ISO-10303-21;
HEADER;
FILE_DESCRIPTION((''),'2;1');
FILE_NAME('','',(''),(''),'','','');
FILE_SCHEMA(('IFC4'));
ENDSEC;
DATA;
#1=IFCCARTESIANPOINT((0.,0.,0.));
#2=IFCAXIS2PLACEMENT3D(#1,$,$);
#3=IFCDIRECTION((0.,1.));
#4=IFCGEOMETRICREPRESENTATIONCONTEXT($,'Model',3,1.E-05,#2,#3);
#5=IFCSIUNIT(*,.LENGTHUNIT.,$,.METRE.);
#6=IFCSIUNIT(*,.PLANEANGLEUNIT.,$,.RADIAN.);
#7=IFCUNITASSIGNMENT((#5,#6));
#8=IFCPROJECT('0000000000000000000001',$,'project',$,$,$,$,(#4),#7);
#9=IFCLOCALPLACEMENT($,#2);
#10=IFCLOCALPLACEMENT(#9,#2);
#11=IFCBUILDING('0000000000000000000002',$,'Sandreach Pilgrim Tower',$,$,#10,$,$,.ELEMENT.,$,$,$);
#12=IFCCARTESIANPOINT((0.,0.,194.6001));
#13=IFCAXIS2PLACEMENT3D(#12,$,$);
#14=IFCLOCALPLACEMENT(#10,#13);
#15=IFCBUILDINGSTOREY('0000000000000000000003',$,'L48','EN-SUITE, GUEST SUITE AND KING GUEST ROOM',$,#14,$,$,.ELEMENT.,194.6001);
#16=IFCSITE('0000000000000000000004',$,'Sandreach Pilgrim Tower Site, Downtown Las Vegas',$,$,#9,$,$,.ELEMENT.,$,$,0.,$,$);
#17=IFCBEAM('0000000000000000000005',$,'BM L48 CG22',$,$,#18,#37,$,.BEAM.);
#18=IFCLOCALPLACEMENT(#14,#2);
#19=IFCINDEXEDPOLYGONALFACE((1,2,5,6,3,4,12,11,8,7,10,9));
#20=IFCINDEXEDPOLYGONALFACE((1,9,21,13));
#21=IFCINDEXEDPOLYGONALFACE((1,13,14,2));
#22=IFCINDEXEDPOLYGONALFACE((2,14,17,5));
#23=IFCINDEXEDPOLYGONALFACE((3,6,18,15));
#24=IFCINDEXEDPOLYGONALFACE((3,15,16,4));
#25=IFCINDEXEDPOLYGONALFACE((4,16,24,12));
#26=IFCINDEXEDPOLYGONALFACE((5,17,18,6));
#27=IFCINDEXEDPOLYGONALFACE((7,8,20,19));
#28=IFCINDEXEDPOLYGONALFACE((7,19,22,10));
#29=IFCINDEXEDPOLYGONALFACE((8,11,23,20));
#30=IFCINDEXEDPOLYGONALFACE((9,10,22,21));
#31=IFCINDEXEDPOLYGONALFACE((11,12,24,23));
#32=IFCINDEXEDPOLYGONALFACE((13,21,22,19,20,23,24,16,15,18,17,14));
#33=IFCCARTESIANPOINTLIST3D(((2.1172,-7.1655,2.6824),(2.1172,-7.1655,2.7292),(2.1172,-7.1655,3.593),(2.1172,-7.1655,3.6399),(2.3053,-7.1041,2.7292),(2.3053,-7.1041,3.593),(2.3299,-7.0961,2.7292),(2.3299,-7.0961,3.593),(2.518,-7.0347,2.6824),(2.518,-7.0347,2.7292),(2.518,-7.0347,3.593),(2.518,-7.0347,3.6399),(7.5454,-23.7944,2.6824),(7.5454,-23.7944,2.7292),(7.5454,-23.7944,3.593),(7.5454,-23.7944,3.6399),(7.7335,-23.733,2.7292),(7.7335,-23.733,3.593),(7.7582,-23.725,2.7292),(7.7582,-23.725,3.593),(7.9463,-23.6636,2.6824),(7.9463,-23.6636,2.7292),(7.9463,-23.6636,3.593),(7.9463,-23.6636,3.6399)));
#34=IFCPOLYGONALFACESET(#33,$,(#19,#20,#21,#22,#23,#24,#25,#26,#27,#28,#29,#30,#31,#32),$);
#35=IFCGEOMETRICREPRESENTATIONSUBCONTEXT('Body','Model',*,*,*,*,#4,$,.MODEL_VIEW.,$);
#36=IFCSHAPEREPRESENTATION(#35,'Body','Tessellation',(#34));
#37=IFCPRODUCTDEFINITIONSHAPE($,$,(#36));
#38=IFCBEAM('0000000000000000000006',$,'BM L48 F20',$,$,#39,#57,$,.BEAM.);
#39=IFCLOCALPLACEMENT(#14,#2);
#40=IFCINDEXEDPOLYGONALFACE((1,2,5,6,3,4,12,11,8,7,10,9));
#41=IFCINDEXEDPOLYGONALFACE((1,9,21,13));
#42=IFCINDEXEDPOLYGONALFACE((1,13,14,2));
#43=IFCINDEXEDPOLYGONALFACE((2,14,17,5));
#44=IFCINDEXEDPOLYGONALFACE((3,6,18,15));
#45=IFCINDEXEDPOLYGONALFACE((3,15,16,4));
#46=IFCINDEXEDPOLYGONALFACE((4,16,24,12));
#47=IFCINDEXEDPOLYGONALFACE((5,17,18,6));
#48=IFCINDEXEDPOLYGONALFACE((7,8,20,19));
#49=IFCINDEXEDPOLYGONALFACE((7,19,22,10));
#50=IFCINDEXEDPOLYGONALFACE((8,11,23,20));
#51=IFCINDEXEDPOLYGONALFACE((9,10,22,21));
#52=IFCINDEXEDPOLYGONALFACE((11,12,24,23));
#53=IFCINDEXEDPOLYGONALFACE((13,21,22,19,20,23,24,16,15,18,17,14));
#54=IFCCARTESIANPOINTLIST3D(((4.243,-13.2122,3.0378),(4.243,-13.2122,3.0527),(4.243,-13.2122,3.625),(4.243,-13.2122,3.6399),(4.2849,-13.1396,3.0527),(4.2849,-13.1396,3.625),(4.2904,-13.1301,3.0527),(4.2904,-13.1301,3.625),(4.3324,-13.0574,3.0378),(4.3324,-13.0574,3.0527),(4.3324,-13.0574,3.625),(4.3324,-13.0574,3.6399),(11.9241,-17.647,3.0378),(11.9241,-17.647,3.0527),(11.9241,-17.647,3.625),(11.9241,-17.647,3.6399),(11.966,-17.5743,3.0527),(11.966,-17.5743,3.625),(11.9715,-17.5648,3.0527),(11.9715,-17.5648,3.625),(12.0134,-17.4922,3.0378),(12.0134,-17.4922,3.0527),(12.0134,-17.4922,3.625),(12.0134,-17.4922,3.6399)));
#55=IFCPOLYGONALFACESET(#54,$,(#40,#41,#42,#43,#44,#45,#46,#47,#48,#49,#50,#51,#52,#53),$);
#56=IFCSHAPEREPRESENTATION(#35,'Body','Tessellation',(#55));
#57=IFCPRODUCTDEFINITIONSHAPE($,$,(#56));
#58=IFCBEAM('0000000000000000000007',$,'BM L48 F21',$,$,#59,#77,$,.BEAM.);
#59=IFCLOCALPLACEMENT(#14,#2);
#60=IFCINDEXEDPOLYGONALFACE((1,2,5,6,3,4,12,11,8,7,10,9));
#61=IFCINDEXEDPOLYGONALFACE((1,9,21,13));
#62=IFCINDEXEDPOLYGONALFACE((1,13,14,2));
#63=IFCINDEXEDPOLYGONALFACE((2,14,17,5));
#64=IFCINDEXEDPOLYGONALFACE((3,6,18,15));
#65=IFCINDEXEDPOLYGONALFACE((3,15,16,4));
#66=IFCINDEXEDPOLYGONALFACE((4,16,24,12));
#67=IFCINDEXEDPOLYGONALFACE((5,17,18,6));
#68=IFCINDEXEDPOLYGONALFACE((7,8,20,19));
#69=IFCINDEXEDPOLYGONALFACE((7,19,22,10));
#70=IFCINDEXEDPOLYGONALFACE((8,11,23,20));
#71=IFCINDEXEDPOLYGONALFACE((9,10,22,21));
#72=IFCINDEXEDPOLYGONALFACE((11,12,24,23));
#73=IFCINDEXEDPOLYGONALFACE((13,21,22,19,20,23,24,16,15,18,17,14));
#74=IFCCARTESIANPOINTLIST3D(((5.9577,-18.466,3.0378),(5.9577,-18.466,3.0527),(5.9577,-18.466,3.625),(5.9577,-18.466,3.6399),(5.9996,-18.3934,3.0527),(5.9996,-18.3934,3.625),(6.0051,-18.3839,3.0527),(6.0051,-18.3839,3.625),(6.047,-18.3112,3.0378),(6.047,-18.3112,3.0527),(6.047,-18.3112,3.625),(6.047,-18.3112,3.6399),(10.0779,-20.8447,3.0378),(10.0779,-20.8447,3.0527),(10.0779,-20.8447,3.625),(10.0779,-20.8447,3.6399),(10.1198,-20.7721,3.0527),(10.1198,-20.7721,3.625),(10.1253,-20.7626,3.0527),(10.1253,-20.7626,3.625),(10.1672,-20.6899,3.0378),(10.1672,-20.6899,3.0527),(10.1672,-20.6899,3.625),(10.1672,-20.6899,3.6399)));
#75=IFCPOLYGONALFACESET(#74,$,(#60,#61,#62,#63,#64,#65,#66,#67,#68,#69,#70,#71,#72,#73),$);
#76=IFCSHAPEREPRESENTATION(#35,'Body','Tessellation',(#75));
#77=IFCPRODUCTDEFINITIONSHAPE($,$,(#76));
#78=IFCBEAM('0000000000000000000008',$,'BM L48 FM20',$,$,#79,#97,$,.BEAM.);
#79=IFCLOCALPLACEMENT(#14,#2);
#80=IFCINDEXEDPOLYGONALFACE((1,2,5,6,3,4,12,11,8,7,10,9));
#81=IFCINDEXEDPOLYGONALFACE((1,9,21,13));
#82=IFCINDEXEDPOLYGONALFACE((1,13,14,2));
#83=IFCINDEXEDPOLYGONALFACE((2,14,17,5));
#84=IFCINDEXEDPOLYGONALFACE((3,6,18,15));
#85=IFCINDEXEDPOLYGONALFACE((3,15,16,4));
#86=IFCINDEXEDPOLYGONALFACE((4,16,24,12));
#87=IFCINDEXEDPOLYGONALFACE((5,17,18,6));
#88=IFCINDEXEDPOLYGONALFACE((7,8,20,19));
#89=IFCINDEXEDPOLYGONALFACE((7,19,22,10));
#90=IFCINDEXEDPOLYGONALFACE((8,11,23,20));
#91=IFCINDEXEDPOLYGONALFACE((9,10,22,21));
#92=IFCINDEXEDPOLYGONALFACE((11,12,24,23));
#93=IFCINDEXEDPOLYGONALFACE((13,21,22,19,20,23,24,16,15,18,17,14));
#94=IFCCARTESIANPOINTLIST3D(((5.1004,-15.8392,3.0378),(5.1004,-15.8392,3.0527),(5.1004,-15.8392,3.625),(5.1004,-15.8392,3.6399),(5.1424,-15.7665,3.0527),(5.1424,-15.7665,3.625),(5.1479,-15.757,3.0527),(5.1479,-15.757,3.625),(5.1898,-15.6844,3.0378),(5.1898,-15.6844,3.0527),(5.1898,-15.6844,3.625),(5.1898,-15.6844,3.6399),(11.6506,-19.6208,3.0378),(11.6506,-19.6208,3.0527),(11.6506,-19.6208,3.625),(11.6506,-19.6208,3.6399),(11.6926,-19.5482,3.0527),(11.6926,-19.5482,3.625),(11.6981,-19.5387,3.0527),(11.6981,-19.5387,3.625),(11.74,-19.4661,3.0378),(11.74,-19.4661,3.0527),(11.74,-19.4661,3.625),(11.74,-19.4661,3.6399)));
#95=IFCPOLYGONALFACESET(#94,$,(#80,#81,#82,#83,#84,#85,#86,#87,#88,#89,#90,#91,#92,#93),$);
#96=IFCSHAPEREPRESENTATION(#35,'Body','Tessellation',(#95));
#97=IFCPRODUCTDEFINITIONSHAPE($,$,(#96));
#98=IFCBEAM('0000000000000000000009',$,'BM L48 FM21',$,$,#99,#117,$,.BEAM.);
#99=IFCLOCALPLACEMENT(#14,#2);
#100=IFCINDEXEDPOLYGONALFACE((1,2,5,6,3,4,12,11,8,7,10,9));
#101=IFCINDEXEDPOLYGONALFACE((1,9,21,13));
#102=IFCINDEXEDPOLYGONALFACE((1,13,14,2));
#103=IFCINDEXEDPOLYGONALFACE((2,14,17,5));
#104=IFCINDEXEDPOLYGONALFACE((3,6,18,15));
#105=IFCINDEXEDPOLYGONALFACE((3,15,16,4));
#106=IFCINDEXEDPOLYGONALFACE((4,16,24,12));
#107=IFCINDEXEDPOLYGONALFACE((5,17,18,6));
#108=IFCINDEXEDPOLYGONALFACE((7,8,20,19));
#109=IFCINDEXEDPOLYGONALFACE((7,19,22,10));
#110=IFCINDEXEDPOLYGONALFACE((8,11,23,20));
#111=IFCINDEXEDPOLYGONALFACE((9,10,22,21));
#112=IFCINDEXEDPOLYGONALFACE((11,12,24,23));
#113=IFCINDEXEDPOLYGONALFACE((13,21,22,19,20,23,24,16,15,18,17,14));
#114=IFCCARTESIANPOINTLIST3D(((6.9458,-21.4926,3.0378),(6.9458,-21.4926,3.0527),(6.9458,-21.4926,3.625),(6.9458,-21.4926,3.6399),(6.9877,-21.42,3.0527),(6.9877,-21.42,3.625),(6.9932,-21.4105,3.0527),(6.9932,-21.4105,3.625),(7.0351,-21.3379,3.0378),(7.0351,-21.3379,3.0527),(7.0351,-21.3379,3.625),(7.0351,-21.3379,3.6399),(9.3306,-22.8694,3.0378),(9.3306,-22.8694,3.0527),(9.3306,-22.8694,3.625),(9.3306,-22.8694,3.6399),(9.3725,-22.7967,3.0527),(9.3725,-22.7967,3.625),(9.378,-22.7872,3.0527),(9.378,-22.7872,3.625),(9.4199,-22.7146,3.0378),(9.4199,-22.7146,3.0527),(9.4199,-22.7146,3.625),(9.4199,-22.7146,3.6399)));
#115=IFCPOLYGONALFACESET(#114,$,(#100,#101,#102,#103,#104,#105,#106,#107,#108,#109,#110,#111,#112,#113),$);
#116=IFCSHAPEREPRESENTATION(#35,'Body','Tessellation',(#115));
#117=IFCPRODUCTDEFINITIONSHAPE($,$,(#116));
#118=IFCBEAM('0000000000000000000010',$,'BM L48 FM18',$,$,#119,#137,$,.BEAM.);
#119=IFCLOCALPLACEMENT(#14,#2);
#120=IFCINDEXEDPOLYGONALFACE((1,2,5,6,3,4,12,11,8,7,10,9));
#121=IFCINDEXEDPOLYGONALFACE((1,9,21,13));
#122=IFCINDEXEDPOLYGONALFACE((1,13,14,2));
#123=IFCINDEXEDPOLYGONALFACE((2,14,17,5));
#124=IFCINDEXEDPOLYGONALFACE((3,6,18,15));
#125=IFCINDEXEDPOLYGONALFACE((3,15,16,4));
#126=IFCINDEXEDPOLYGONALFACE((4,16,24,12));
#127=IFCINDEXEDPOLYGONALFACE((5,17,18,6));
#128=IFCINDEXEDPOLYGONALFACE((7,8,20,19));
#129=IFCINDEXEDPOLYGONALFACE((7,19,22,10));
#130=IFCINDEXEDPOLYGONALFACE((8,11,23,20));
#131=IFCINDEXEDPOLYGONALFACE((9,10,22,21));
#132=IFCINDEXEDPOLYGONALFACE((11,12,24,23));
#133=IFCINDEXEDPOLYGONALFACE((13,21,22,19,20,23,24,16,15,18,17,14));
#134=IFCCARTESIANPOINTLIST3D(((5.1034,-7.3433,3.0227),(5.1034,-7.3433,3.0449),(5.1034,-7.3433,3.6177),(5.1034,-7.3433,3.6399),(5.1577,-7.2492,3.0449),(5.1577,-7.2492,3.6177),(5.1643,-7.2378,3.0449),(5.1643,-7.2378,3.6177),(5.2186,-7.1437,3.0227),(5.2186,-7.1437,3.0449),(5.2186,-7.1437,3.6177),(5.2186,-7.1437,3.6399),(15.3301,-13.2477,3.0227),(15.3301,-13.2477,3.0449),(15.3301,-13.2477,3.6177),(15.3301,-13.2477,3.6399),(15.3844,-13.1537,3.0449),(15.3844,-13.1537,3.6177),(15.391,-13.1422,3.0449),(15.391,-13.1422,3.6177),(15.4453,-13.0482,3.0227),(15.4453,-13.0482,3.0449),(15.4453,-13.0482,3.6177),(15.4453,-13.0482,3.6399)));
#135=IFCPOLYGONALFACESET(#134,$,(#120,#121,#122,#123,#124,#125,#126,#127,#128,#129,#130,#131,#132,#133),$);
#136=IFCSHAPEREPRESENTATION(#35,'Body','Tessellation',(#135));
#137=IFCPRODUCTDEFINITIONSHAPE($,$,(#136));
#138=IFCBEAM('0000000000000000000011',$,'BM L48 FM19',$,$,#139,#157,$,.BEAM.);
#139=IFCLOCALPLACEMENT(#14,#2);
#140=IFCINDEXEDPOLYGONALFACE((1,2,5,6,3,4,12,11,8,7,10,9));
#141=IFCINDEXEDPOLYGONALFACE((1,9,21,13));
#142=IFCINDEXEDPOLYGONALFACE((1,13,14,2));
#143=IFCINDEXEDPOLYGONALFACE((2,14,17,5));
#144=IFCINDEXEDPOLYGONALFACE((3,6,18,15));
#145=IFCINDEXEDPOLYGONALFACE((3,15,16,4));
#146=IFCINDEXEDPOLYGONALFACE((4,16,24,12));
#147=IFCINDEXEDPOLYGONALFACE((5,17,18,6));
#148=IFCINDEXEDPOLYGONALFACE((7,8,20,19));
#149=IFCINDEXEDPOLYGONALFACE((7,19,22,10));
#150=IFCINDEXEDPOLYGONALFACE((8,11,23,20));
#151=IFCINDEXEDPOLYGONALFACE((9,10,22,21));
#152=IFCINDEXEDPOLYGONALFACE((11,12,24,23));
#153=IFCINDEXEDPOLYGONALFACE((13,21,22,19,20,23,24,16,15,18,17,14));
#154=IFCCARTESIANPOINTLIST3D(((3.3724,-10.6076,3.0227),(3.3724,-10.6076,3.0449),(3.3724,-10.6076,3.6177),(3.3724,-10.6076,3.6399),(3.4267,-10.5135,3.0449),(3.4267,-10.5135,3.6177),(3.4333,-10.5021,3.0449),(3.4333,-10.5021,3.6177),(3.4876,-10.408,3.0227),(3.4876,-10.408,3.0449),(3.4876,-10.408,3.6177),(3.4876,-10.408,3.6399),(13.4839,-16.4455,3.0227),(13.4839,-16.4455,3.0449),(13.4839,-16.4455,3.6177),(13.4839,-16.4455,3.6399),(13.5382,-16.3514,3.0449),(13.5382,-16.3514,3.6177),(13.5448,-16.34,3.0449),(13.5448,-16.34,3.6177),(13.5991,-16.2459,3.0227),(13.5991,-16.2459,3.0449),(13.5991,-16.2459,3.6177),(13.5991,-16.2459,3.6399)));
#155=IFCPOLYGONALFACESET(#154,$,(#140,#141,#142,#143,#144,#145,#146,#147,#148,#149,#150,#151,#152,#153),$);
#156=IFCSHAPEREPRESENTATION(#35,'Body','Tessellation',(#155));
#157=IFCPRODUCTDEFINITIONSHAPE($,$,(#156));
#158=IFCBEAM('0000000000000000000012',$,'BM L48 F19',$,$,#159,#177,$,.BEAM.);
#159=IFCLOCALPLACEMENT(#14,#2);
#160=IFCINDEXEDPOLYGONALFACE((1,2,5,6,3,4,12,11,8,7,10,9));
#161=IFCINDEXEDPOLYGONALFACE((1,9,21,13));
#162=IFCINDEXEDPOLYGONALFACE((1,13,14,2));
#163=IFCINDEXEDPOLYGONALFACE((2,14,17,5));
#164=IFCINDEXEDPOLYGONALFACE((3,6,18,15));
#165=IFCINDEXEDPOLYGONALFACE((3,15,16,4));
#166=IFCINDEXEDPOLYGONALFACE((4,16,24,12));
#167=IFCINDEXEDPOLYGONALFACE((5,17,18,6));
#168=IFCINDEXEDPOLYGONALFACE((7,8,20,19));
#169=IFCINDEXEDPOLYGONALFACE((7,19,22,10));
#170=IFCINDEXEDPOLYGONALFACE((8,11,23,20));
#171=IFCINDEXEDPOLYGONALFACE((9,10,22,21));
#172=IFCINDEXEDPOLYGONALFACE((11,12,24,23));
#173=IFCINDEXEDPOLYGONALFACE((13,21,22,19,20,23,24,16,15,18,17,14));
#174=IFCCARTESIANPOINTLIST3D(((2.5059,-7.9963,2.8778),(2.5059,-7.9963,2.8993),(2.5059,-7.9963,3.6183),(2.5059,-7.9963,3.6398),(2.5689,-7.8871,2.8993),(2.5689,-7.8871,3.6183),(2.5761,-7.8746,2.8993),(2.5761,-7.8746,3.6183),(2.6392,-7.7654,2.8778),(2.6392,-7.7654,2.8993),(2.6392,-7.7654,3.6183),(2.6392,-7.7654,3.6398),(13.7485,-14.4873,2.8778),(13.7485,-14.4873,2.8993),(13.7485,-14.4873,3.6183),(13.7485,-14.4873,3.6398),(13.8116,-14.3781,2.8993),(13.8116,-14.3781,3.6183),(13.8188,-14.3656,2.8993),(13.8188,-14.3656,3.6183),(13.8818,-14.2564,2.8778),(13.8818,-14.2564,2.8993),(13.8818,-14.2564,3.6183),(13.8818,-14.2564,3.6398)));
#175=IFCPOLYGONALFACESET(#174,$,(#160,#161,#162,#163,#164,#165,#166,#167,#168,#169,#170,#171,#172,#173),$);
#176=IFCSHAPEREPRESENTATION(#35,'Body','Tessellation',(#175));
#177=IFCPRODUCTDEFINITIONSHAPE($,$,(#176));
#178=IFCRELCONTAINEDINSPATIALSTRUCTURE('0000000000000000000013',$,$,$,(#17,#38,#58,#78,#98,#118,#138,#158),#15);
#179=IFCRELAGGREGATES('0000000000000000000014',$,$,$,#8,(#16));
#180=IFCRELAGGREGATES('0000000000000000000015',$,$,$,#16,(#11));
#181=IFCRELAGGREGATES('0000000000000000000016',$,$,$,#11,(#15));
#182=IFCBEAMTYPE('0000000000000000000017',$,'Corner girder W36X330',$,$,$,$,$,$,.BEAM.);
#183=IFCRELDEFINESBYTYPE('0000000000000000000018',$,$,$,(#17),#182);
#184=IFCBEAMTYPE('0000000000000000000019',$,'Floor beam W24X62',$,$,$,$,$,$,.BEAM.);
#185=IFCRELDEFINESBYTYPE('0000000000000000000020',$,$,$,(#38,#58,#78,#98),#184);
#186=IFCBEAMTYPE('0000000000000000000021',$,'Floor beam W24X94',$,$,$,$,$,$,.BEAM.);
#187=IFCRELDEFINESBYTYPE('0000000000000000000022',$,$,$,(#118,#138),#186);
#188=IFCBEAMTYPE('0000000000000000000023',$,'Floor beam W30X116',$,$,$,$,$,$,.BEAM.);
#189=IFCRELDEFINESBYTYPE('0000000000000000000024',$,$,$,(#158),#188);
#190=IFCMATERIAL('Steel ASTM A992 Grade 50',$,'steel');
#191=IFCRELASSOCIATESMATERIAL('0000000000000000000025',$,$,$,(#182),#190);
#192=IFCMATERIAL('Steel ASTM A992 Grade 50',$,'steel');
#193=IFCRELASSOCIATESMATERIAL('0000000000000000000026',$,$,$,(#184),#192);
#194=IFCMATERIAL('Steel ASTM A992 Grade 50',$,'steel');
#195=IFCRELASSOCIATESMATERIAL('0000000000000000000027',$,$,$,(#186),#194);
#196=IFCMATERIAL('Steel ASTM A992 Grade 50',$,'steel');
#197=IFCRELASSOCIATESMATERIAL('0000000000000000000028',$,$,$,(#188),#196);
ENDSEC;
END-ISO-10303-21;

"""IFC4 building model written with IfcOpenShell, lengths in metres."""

from ifc_helpers import new_model, si_unit, direction, frame, origin, origin_2d, place, context, subcontext, project, spatial, i_section, extrude, material, material_profile, profile_set, type_object, element, save


model = new_model("IFC4")

# Units and contexts
model_context = context("Model", 3, precision=1e-05, world=origin(), true_north=direction((0.0, 1.0)))
body_context = subcontext(model_context, "Body", "Model", "MODEL_VIEW")
ifc_project = project(units=[si_unit("LENGTHUNIT", "METRE"), si_unit("PLANEANGLEUNIT", "RADIAN")], contexts=[model_context])

# Site, building, storey
site_placement = place(None, origin())
site = spatial("IfcSite", under=ifc_project, at=site_placement, Name="Sandreach Pilgrim Tower Site, Downtown Las Vegas", CompositionType="ELEMENT", RefElevation=0.0)
building_placement = place(site_placement, origin())
building = spatial("IfcBuilding", under=site, at=building_placement, Name="Sandreach Pilgrim Tower", CompositionType="ELEMENT")
storey_placement = place(building_placement, frame((0.0, 0.0, 194.6001)))
storey = spatial("IfcBuildingStorey", under=building, at=storey_placement, Name="L48", Description="EN-SUITE, GUEST SUITE AND KING GUEST ROOM", CompositionType="ELEMENT", Elevation=194.6001)

# Beams
ifc_material_1 = material(Name="Steel ASTM A992 Grade 50", Category="steel")
ifc_material_profile_1 = material_profile(ifc_material_1, i_section(OverallWidth=0.4216, OverallDepth=0.9575, WebThickness=0.0259, FlangeThickness=0.0469, at=origin_2d()), Name="W36X330")
ifc_profile_set_1 = profile_set([ifc_material_profile_1], Name="Steel ASTM A992 Grade 50")
beam_type_1 = type_object("IfcBeamType", Name="Corner girder W36X330", PredefinedType="BEAM", material=ifc_profile_set_1)
beam_1_placement = place(storey_placement, frame((7.7458, -23.729, 3.1611), z_axis=(-0.310318, 0.950633, 0.0), x_axis=(-0.950633, -0.310318, 0.0)))
element("IfcBeam", 1, at=beam_1_placement, inside=storey, type_object=beam_type_1, Name="BM L48 CG22", PredefinedType="BEAM", context=body_context, shape_type="SweptSolid", body=[
    extrude(i_section(OverallWidth=0.4216, OverallDepth=0.9575, WebThickness=0.0259, FlangeThickness=0.0469, at=origin_2d()), origin(), (0.0, 0.0, 1.0), 17.4924),
])
ifc_material_2 = material(Name="Steel ASTM A992 Grade 50", Category="steel")
ifc_material_profile_2 = material_profile(ifc_material_2, i_section(OverallWidth=0.1787, OverallDepth=0.6021, WebThickness=0.011, FlangeThickness=0.0149, at=origin_2d()), Name="W24X62")
ifc_profile_set_2 = profile_set([ifc_material_profile_2], Name="Steel ASTM A992 Grade 50")
beam_type_2 = type_object("IfcBeamType", Name="Floor beam W24X62", PredefinedType="BEAM", material=ifc_profile_set_2)
beam_2_placement = place(storey_placement, frame((11.9688, -17.5696, 3.3389), z_axis=(-0.866021, 0.500008, 0.0), x_axis=(-0.500008, -0.866021, 0.0)))
element("IfcBeam", 2, at=beam_2_placement, inside=storey, type_object=beam_type_2, Name="BM L48 F20", PredefinedType="BEAM", context=body_context, shape_type="SweptSolid", body=[
    extrude(i_section(OverallWidth=0.1787, OverallDepth=0.6021, WebThickness=0.011, FlangeThickness=0.0149, at=origin_2d()), origin(), (0.0, 0.0, 1.0), 8.8694),
])
beam_3_placement = place(storey_placement, frame((10.1226, -20.7673, 3.3389), z_axis=(-0.866033, 0.499986, 0.0), x_axis=(-0.499986, -0.866033, 0.0)))
element("IfcBeam", 3, at=beam_3_placement, inside=storey, type_object=beam_type_2, Name="BM L48 F21", PredefinedType="BEAM", context=body_context, shape_type="SweptSolid", body=[
    extrude(i_section(OverallWidth=0.1787, OverallDepth=0.6021, WebThickness=0.011, FlangeThickness=0.0149, at=origin_2d()), origin(), (0.0, 0.0, 1.0), 4.7576),
])
beam_4_placement = place(storey_placement, frame((11.6953, -19.5435, 3.3389), z_axis=(-0.86603, 0.499993, 0.0), x_axis=(-0.499993, -0.86603, 0.0)))
element("IfcBeam", 4, at=beam_4_placement, inside=storey, type_object=beam_type_2, Name="BM L48 FM20", PredefinedType="BEAM", context=body_context, shape_type="SweptSolid", body=[
    extrude(i_section(OverallWidth=0.1787, OverallDepth=0.6021, WebThickness=0.011, FlangeThickness=0.0149, at=origin_2d()), origin(), (0.0, 0.0, 1.0), 7.5635),
])
beam_5_placement = place(storey_placement, frame((9.3752, -22.792, 3.3389), z_axis=(-0.866047, 0.499963, 0.0), x_axis=(-0.499963, -0.866047, 0.0)))
element("IfcBeam", 5, at=beam_5_placement, inside=storey, type_object=beam_type_2, Name="BM L48 FM21", PredefinedType="BEAM", context=body_context, shape_type="SweptSolid", body=[
    extrude(i_section(OverallWidth=0.1787, OverallDepth=0.6021, WebThickness=0.011, FlangeThickness=0.0149, at=origin_2d()), origin(), (0.0, 0.0, 1.0), 2.7537),
])
ifc_material_3 = material(Name="Steel ASTM A992 Grade 50", Category="steel")
ifc_material_profile_3 = material_profile(ifc_material_3, i_section(OverallWidth=0.2305, OverallDepth=0.6172, WebThickness=0.0132, FlangeThickness=0.0222, at=origin_2d()), Name="W24X94")
ifc_profile_set_3 = profile_set([ifc_material_profile_3], Name="Steel ASTM A992 Grade 50")
beam_type_3 = type_object("IfcBeamType", Name="Floor beam W24X94", PredefinedType="BEAM", material=ifc_profile_set_3)
beam_6_placement = place(storey_placement, frame((15.3877, -13.1479, 3.3313), z_axis=(-0.866022, 0.500006, 0.0), x_axis=(-0.500006, -0.866022, 0.0)))
element("IfcBeam", 6, at=beam_6_placement, inside=storey, type_object=beam_type_3, Name="BM L48 FM18", PredefinedType="BEAM", context=body_context, shape_type="SweptSolid", body=[
    extrude(i_section(OverallWidth=0.2305, OverallDepth=0.6172, WebThickness=0.0132, FlangeThickness=0.0222, at=origin_2d()), origin(), (0.0, 0.0, 1.0), 11.8088),
])
beam_7_placement = place(storey_placement, frame((13.5415, -16.3457, 3.3313), z_axis=(-0.866026, 0.499998, 0.0), x_axis=(-0.499998, -0.866026, 0.0)))
element("IfcBeam", 7, at=beam_7_placement, inside=storey, type_object=beam_type_3, Name="BM L48 FM19", PredefinedType="BEAM", context=body_context, shape_type="SweptSolid", body=[
    extrude(i_section(OverallWidth=0.2305, OverallDepth=0.6172, WebThickness=0.0132, FlangeThickness=0.0222, at=origin_2d()), origin(), (0.0, 0.0, 1.0), 11.6758),
])
ifc_material_4 = material(Name="Steel ASTM A992 Grade 50", Category="steel")
ifc_material_profile_4 = material_profile(ifc_material_4, i_section(OverallWidth=0.2666, OverallDepth=0.762, WebThickness=0.0144, FlangeThickness=0.0215, at=origin_2d()), Name="W30X116")
ifc_profile_set_4 = profile_set([ifc_material_profile_4], Name="Steel ASTM A992 Grade 50")
beam_type_4 = type_object("IfcBeamType", Name="Floor beam W30X116", PredefinedType="BEAM", material=ifc_profile_set_4)
beam_8_placement = place(storey_placement, frame((13.8152, -14.3718, 3.2588), z_axis=(-0.866025, 0.5, 0.0), x_axis=(-0.5, -0.866025, 0.0)))
element("IfcBeam", 8, at=beam_8_placement, inside=storey, type_object=beam_type_4, Name="BM L48 F19", PredefinedType="BEAM", context=body_context, shape_type="SweptSolid", body=[
    extrude(i_section(OverallWidth=0.2666, OverallDepth=0.762, WebThickness=0.0144, FlangeThickness=0.0215, at=origin_2d()), origin(), (0.0, 0.0, 1.0), 12.9819),
])

save(model, "model.ifc")
